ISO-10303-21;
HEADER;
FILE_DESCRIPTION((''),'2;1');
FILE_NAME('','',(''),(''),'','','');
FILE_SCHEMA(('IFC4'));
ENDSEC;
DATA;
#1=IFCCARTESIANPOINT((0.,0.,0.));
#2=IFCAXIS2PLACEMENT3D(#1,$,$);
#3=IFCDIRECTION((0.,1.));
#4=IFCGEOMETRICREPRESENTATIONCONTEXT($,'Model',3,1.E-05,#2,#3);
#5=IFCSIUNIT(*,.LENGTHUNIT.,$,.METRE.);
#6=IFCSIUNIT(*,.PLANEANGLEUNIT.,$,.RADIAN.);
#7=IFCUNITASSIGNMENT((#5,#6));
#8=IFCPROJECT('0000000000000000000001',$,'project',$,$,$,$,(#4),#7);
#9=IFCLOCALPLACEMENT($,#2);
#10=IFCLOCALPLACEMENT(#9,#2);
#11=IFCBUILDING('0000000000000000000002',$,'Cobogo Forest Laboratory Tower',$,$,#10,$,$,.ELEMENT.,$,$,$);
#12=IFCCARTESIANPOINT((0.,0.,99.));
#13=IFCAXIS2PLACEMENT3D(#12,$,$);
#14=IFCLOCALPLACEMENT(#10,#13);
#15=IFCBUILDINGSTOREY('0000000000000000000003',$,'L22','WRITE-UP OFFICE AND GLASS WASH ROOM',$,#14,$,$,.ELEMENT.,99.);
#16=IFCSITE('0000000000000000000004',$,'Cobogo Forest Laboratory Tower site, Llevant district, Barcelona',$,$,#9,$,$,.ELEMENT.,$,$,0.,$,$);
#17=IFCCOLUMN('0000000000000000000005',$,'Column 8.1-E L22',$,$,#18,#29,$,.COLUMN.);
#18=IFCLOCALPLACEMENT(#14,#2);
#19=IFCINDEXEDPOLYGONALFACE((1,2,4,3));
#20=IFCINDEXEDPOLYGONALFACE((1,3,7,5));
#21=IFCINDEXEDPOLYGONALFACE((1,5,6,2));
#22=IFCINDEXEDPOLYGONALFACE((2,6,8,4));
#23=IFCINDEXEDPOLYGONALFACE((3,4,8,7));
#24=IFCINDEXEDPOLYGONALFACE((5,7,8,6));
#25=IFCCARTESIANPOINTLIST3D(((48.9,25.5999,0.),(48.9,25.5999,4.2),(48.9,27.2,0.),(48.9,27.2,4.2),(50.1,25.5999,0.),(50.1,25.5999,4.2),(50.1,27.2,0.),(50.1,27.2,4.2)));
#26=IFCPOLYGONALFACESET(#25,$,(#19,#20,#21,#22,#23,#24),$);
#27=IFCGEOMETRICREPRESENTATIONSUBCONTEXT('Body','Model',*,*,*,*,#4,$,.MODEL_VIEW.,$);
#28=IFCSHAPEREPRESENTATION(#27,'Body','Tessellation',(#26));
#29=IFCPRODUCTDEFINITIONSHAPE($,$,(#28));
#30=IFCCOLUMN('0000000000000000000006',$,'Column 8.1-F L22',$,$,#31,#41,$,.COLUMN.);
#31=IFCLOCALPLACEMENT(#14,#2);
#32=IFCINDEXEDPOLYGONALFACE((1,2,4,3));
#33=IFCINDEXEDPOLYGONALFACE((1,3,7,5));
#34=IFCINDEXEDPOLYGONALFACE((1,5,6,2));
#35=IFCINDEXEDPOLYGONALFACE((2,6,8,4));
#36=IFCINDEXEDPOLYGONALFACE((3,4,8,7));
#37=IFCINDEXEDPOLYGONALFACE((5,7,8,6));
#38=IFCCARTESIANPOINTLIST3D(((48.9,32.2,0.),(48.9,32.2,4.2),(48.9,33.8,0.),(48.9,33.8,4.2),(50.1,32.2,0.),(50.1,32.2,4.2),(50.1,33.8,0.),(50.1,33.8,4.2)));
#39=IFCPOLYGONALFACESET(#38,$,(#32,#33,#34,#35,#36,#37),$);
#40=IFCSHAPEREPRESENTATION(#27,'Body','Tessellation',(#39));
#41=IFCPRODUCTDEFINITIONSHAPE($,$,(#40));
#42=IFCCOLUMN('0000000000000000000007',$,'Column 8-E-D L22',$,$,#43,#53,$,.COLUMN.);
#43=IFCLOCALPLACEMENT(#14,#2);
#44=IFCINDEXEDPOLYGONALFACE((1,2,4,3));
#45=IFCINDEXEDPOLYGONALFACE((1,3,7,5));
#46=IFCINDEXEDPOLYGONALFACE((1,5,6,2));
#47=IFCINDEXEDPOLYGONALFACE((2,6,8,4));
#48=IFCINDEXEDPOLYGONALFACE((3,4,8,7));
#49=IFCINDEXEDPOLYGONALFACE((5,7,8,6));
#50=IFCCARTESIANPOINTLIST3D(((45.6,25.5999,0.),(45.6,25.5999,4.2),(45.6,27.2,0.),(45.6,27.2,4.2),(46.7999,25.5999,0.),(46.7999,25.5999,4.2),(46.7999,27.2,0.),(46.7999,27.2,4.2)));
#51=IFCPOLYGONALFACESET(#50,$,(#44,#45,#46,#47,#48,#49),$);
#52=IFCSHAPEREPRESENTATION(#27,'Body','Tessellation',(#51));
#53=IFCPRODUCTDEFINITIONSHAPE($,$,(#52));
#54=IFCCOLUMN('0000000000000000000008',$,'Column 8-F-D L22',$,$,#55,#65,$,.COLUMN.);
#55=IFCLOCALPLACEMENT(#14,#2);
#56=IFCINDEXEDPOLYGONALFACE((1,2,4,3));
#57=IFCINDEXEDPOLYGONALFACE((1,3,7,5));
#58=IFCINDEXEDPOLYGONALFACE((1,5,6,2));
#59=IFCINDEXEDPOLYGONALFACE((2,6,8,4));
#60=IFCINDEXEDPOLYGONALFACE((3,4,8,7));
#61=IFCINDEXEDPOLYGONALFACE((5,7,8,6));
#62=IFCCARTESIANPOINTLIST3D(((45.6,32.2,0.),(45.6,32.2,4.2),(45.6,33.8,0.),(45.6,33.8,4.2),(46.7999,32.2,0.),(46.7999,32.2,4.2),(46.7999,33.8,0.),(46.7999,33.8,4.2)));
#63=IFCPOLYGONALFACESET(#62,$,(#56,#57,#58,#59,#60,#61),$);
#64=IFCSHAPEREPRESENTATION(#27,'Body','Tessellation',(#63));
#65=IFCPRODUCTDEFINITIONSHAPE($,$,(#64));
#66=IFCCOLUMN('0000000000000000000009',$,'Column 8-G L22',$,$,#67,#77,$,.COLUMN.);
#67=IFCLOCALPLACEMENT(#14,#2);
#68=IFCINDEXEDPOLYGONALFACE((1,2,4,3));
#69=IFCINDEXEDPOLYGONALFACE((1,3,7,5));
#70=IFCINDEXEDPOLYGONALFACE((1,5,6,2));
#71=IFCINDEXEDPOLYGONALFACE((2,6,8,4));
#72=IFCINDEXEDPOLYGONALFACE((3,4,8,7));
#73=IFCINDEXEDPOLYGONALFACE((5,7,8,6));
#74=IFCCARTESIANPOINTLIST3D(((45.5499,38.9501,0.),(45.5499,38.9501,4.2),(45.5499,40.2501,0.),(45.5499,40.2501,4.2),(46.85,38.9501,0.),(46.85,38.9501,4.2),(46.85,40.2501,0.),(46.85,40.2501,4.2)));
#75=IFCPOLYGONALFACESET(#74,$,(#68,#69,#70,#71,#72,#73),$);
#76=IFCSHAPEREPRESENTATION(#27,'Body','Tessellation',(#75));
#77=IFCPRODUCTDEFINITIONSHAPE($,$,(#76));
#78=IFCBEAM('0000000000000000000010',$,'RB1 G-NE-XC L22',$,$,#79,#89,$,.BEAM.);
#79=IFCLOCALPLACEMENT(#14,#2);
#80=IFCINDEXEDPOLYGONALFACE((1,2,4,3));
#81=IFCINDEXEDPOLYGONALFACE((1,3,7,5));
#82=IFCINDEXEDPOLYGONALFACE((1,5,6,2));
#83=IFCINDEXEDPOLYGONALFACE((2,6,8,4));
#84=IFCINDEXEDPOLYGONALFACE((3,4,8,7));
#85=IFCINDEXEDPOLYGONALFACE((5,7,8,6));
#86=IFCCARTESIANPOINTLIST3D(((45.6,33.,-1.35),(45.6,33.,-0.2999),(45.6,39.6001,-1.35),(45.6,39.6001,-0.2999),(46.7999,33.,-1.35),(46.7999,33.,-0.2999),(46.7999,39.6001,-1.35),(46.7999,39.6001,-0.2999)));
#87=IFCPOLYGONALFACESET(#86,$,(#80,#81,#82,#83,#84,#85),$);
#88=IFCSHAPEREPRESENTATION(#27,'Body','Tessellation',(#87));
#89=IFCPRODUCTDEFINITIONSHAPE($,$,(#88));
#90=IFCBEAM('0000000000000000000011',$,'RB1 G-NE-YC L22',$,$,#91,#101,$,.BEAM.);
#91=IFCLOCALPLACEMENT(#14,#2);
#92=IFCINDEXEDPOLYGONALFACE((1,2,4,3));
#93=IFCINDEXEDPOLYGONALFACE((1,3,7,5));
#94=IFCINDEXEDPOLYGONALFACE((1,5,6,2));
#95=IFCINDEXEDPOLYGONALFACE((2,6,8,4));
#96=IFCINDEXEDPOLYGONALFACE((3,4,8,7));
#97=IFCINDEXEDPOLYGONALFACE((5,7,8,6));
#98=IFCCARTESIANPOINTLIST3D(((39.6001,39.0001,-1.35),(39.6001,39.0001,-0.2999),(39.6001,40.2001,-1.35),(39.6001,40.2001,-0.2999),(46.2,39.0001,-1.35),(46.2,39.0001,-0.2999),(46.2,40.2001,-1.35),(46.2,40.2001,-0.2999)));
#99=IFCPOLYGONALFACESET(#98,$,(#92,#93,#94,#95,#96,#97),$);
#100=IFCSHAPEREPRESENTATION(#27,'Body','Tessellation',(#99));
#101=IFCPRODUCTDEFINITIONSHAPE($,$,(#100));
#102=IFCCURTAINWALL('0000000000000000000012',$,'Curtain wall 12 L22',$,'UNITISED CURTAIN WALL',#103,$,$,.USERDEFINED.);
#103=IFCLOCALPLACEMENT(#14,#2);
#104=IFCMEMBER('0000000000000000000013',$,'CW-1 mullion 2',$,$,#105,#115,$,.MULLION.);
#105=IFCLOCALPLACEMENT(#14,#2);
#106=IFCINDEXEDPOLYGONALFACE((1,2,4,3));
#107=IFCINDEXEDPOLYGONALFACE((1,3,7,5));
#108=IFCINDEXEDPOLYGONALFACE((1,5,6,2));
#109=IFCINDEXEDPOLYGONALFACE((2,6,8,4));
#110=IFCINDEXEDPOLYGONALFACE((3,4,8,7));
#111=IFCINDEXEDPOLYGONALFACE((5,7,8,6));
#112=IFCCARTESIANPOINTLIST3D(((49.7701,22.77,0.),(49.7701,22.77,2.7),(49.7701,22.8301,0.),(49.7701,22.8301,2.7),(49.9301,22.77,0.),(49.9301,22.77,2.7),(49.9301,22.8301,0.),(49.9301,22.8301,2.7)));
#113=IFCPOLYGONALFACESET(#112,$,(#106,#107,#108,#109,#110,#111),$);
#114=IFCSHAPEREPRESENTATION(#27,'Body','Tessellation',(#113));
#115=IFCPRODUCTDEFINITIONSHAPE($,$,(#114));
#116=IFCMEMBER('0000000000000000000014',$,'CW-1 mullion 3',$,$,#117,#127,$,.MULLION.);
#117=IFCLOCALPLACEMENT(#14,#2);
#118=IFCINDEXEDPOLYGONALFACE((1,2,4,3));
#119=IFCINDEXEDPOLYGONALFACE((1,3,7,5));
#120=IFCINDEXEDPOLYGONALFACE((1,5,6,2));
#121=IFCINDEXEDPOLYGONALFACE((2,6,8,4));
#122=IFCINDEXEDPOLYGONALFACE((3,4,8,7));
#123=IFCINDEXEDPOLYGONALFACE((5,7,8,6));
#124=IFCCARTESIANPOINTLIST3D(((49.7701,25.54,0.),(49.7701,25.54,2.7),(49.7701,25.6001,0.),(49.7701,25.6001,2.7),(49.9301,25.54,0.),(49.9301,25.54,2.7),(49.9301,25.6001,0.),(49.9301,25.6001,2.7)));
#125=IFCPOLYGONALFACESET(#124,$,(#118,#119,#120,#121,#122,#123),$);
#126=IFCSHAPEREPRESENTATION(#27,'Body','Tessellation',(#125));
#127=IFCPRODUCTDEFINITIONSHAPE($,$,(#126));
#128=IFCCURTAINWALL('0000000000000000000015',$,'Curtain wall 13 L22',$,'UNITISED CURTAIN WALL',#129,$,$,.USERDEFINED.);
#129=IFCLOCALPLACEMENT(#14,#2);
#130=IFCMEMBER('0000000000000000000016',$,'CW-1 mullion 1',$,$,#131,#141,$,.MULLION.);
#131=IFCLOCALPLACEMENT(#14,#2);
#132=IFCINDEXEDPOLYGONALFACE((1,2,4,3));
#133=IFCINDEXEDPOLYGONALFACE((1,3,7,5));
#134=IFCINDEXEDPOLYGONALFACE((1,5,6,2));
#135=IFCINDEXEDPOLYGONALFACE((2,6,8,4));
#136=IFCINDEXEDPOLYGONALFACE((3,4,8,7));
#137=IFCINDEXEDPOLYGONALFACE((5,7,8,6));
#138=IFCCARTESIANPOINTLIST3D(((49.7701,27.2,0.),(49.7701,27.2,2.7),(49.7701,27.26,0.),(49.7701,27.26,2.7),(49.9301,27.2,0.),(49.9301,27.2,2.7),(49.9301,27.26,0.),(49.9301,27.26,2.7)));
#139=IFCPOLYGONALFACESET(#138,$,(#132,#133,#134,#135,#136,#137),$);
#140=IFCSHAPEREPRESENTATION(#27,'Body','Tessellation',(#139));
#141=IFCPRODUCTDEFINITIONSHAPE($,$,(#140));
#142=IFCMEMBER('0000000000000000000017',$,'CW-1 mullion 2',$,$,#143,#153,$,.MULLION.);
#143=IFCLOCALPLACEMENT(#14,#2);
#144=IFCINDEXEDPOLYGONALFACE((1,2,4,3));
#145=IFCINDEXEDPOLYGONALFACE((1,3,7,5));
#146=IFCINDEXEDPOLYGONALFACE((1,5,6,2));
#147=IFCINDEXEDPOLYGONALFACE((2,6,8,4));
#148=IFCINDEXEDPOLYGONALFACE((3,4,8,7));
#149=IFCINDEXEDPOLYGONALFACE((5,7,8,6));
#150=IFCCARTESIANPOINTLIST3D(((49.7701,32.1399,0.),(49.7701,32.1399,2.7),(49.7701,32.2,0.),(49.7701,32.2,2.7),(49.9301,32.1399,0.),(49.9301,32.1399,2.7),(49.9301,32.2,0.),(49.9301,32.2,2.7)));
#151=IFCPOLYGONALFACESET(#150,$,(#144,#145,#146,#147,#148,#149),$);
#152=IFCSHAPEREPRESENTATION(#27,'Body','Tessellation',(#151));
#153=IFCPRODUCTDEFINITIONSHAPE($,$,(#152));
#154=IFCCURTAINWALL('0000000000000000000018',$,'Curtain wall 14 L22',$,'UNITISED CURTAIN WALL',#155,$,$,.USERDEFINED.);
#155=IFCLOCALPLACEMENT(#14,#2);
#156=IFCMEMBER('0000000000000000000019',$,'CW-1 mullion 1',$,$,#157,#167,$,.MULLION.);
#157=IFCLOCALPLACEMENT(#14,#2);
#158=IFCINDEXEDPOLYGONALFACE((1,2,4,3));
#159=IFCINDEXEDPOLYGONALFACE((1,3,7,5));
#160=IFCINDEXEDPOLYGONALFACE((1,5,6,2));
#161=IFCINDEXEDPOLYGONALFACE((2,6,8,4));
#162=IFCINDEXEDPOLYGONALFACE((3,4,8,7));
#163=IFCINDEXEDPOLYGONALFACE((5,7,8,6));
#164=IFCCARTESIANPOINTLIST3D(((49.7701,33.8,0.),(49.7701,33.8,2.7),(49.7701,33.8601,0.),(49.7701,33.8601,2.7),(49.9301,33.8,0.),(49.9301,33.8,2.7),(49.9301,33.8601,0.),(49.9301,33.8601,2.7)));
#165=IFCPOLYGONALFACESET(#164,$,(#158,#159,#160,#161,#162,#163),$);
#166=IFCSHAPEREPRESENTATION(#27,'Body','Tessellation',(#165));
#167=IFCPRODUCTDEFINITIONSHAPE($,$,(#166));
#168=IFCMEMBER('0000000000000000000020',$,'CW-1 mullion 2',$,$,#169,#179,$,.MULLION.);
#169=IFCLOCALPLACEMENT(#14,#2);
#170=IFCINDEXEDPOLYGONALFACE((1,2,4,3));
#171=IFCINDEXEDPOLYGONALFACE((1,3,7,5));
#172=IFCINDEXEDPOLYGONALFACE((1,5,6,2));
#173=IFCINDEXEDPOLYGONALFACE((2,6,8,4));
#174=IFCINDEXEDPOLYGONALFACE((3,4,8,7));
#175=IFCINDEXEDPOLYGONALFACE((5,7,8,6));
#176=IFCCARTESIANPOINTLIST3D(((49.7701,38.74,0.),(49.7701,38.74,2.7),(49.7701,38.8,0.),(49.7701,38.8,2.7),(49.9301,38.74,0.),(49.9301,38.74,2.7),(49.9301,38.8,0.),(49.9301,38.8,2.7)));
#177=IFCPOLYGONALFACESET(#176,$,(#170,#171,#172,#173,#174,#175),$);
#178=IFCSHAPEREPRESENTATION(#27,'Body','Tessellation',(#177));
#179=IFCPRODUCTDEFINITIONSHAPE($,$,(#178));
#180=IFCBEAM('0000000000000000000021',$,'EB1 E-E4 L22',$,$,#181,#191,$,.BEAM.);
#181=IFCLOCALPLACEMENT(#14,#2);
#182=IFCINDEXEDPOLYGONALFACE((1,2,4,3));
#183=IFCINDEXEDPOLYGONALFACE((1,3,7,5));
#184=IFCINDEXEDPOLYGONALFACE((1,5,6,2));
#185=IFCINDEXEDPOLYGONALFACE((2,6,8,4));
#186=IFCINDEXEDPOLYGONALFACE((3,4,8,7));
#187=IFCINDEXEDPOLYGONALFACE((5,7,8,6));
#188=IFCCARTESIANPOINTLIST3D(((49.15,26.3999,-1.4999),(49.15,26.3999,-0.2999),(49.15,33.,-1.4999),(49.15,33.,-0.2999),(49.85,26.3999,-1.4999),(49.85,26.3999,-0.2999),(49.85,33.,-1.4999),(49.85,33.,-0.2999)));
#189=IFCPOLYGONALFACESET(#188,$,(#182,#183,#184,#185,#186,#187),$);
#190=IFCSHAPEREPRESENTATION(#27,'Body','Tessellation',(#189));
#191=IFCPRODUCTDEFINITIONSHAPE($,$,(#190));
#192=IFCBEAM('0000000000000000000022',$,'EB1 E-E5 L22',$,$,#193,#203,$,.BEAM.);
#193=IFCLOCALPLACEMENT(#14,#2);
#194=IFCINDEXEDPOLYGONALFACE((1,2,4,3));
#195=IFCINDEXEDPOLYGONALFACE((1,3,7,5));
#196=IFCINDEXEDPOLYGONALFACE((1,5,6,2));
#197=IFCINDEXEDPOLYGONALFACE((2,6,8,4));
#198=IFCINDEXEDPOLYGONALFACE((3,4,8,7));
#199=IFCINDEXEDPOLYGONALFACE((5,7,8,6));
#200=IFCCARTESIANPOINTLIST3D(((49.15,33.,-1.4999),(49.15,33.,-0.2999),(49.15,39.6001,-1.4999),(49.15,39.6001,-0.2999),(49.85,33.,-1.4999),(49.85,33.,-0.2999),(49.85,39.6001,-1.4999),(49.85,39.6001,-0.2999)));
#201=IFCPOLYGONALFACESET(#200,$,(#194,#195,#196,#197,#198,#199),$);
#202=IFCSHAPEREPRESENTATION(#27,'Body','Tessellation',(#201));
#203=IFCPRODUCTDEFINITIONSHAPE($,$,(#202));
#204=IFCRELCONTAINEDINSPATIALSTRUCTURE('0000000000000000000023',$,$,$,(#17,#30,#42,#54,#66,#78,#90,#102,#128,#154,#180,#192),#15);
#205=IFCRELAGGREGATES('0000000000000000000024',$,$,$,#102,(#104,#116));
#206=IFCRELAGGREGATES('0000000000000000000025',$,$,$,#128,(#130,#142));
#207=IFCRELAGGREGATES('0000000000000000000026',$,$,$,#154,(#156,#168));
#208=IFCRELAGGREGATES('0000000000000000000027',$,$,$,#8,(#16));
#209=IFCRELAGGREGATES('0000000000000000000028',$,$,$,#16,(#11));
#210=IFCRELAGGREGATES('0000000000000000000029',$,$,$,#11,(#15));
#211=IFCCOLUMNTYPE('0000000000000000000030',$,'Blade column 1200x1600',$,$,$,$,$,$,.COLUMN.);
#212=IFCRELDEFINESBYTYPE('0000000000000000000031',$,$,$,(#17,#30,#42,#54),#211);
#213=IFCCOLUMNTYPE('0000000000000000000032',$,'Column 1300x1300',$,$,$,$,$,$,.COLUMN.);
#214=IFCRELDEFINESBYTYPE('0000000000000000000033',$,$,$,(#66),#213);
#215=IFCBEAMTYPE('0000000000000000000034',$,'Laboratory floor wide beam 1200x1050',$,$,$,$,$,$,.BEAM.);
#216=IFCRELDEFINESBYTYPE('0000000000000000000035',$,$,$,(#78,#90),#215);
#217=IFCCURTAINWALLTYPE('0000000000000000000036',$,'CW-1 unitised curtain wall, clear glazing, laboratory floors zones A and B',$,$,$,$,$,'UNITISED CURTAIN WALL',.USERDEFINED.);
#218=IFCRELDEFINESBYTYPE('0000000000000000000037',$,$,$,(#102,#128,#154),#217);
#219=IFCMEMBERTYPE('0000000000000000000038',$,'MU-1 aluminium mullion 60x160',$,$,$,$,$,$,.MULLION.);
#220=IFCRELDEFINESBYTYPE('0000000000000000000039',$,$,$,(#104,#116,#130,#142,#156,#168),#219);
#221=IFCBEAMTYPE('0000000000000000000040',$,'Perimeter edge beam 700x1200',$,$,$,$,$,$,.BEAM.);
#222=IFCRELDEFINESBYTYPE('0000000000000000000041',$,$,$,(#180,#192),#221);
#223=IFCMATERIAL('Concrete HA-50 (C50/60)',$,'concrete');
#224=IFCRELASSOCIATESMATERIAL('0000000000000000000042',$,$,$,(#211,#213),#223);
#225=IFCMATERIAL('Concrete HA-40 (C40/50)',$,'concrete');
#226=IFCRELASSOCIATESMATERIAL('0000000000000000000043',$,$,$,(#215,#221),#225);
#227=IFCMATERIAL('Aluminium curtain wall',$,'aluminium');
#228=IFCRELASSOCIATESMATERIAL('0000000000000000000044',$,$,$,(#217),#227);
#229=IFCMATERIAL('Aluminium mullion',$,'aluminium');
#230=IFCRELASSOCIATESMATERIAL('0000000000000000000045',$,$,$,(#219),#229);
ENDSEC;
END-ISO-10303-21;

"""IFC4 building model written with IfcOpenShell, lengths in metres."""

from ifc_helpers import new_model, si_unit, direction, frame, origin, origin_2d, place, context, subcontext, project, spatial, rectangle, extrude, material, material_profile, profile_set, type_object, element, aggregate, save


model = new_model("IFC4")

# Units and contexts
model_context = context("Model", 3, precision=1e-05, world=origin(), true_north=direction((0.0, 1.0)))
body_context = subcontext(model_context, "Body", "Model", "MODEL_VIEW")
ifc_project = project(units=[si_unit("LENGTHUNIT", "METRE"), si_unit("PLANEANGLEUNIT", "RADIAN")], contexts=[model_context])

# Site, building, storey
site_placement = place(None, origin())
site = spatial("IfcSite", under=ifc_project, at=site_placement, Name="Cobogo Forest Laboratory Tower site, Llevant district, Barcelona", CompositionType="ELEMENT", RefElevation=0.0)
building_placement = place(site_placement, origin())
building = spatial("IfcBuilding", under=site, at=building_placement, Name="Cobogo Forest Laboratory Tower", CompositionType="ELEMENT")
storey_placement = place(building_placement, frame((0.0, 0.0, 99.0)))
storey = spatial("IfcBuildingStorey", under=building, at=storey_placement, Name="L22", Description="WRITE-UP OFFICE AND GLASS WASH ROOM", CompositionType="ELEMENT", Elevation=99.0)

# Columns
ifc_material_1 = material(Name="Concrete HA-50 (C50/60)", Category="concrete")
ifc_material_profile_1 = material_profile(ifc_material_1, rectangle(XDim=1.6001, YDim=1.2, at=origin_2d()), Name="RC 1200x1600")
ifc_profile_set_1 = profile_set([ifc_material_profile_1], Name="Concrete HA-50 (C50/60)")
column_type_1 = type_object("IfcColumnType", Name="Blade column 1200x1600", PredefinedType="COLUMN", material=ifc_profile_set_1)
for number, where, z_axis, x_axis, name in (
    (1, (49.5, 26.3999, 0.0), (0.0, 0.0, 1.0), (0.0, 1.0, 0.0), "Column 8.1-E L22"),
    (2, (49.5, 33.0, 0.0), (0.0, 0.0, 1.0), (0.0, 1.0, 0.0), "Column 8.1-F L22"),
    (3, (46.2, 26.3999, 0.0), (0.0, 0.0, 1.0), (0.0, 1.0, 0.0), "Column 8-E-D L22"),
    (4, (46.2, 33.0, 0.0), (0.0, 0.0, 1.0), (0.0, 1.0, 0.0), "Column 8-F-D L22"),
):
    element("IfcColumn", number, at=place(storey_placement, frame(where, z_axis=z_axis, x_axis=x_axis)), inside=storey, type_object=column_type_1, Name=name, PredefinedType="COLUMN", context=body_context, shape_type="SweptSolid", body=[
        extrude(rectangle(XDim=1.6001, YDim=1.2, at=origin_2d()), origin(), (0.0, 0.0, 1.0), 4.2),
    ])
ifc_material_profile_2 = material_profile(ifc_material_1, rectangle(XDim=1.3, YDim=1.3, at=origin_2d()), Name="RC 1300x1300")
ifc_profile_set_2 = profile_set([ifc_material_profile_2], Name="Concrete HA-50 (C50/60)")
column_type_2 = type_object("IfcColumnType", Name="Column 1300x1300", PredefinedType="COLUMN", material=ifc_profile_set_2)
column_placement = place(storey_placement, frame((46.2, 39.6001, 0.0), z_axis=(0.0, 0.0, 1.0), x_axis=(1.0, 0.0, 0.0)))
element("IfcColumn", 5, at=column_placement, inside=storey, type_object=column_type_2, Name="Column 8-G L22", PredefinedType="COLUMN", context=body_context, shape_type="SweptSolid", body=[
    extrude(rectangle(XDim=1.3, YDim=1.3, at=origin_2d()), origin(), (0.0, 0.0, 1.0), 4.2),
])

# Beams
ifc_material_2 = material(Name="Concrete HA-40 (C40/50)", Category="concrete")
ifc_material_profile_3 = material_profile(ifc_material_2, rectangle(XDim=1.2, YDim=1.05, at=origin_2d()), Name="RC 1200x1050")
ifc_profile_set_3 = profile_set([ifc_material_profile_3], Name="Concrete HA-40 (C40/50)")
beam_type_1 = type_object("IfcBeamType", Name="Laboratory floor wide beam 1200x1050", PredefinedType="BEAM", material=ifc_profile_set_3)
beam_1_placement = place(storey_placement, frame((46.2, 39.6001, -0.825), z_axis=(0.0, -1.0, 0.0), x_axis=(1.0, 0.0, 0.0)))
element("IfcBeam", 6, at=beam_1_placement, inside=storey, type_object=beam_type_1, Name="RB1 G-NE-XC L22", PredefinedType="BEAM", context=body_context, shape_type="SweptSolid", body=[
    extrude(rectangle(XDim=1.2, YDim=1.05, at=origin_2d()), origin(), (0.0, 0.0, 1.0), 6.6001),
])
beam_2_placement = place(storey_placement, frame((46.2, 39.6001, -0.825), z_axis=(-1.0, 0.0, 0.0), x_axis=(0.0, -1.0, 0.0)))
element("IfcBeam", 7, at=beam_2_placement, inside=storey, type_object=beam_type_1, Name="RB1 G-NE-YC L22", PredefinedType="BEAM", context=body_context, shape_type="SweptSolid", body=[
    extrude(rectangle(XDim=1.2, YDim=1.05, at=origin_2d()), origin(), (0.0, 0.0, 1.0), 6.5999),
])

# Curtain walls, members
ifc_material_3 = material(Name="Aluminium curtain wall", Category="aluminium")
curtain_wall_type = type_object("IfcCurtainWallType", Name="CW-1 unitised curtain wall, clear glazing, laboratory floors zones A and B", ElementType="UNITISED CURTAIN WALL", PredefinedType="USERDEFINED", material=ifc_material_3)
curtain_wall_1_placement = place(storey_placement, origin())
curtain_wall_1 = element("IfcCurtainWall", 8, at=curtain_wall_1_placement, inside=storey, type_object=curtain_wall_type, Name="Curtain wall 12 L22", ObjectType="UNITISED CURTAIN WALL", PredefinedType="USERDEFINED")
ifc_material_4 = material(Name="Aluminium mullion", Category="aluminium")
ifc_material_profile_4 = material_profile(ifc_material_4, rectangle(XDim=0.0601, YDim=0.1599, at=origin_2d()), Name="AL 60x160")
ifc_profile_set_4 = profile_set([ifc_material_profile_4], Name="Aluminium mullion")
member_type_1 = type_object("IfcMemberType", Name="MU-1 aluminium mullion 60x160", PredefinedType="MULLION", material=ifc_profile_set_4)
member_1_placement = place(storey_placement, frame((49.8501, 22.8, 0.0), z_axis=(0.0, 0.0, 1.0), x_axis=(0.0, 1.0, 0.0)))
member_1 = element("IfcMember", 9, at=member_1_placement, type_object=member_type_1, Name="CW-1 mullion 2", PredefinedType="MULLION", context=body_context, shape_type="SweptSolid", body=[
    extrude(rectangle(XDim=0.0601, YDim=0.1599, at=origin_2d()), origin(), (0.0, 0.0, 1.0), 2.7),
])
member_2_placement = place(storey_placement, frame((49.8501, 25.5701, 0.0), z_axis=(0.0, 0.0, 1.0), x_axis=(0.0, 1.0, 0.0)))
member_2 = element("IfcMember", 10, at=member_2_placement, type_object=member_type_1, Name="CW-1 mullion 3", PredefinedType="MULLION", context=body_context, shape_type="SweptSolid", body=[
    extrude(rectangle(XDim=0.0601, YDim=0.1599, at=origin_2d()), origin(), (0.0, 0.0, 1.0), 2.7),
])
curtain_wall_2_placement = place(storey_placement, origin())
curtain_wall_2 = element("IfcCurtainWall", 11, at=curtain_wall_2_placement, inside=storey, type_object=curtain_wall_type, Name="Curtain wall 13 L22", ObjectType="UNITISED CURTAIN WALL", PredefinedType="USERDEFINED")
member_3_placement = place(storey_placement, frame((49.8501, 27.23, 0.0), z_axis=(0.0, 0.0, 1.0), x_axis=(0.0, 1.0, 0.0)))
member_3 = element("IfcMember", 12, at=member_3_placement, type_object=member_type_1, Name="CW-1 mullion 1", PredefinedType="MULLION", context=body_context, shape_type="SweptSolid", body=[
    extrude(rectangle(XDim=0.0601, YDim=0.1599, at=origin_2d()), origin(), (0.0, 0.0, 1.0), 2.7),
])
member_4_placement = place(storey_placement, frame((49.8501, 32.1699, 0.0), z_axis=(0.0, 0.0, 1.0), x_axis=(0.0, 1.0, 0.0)))
member_4 = element("IfcMember", 13, at=member_4_placement, type_object=member_type_1, Name="CW-1 mullion 2", PredefinedType="MULLION", context=body_context, shape_type="SweptSolid", body=[
    extrude(rectangle(XDim=0.0601, YDim=0.1599, at=origin_2d()), origin(), (0.0, 0.0, 1.0), 2.7),
])
curtain_wall_3_placement = place(storey_placement, origin())
curtain_wall_3 = element("IfcCurtainWall", 14, at=curtain_wall_3_placement, inside=storey, type_object=curtain_wall_type, Name="Curtain wall 14 L22", ObjectType="UNITISED CURTAIN WALL", PredefinedType="USERDEFINED")
member_5_placement = place(storey_placement, frame((49.8501, 33.8301, 0.0), z_axis=(0.0, 0.0, 1.0), x_axis=(0.0, 1.0, 0.0)))
member_5 = element("IfcMember", 15, at=member_5_placement, type_object=member_type_1, Name="CW-1 mullion 1", PredefinedType="MULLION", context=body_context, shape_type="SweptSolid", body=[
    extrude(rectangle(XDim=0.0601, YDim=0.1599, at=origin_2d()), origin(), (0.0, 0.0, 1.0), 2.7),
])
member_6_placement = place(storey_placement, frame((49.8501, 38.77, 0.0), z_axis=(0.0, 0.0, 1.0), x_axis=(0.0, 1.0, 0.0)))
member_6 = element("IfcMember", 16, at=member_6_placement, type_object=member_type_1, Name="CW-1 mullion 2", PredefinedType="MULLION", context=body_context, shape_type="SweptSolid", body=[
    extrude(rectangle(XDim=0.0601, YDim=0.1599, at=origin_2d()), origin(), (0.0, 0.0, 1.0), 2.7),
])

# Beams
ifc_material_profile_5 = material_profile(ifc_material_2, rectangle(XDim=0.7, YDim=1.2, at=origin_2d()), Name="RC 700x1200")
ifc_profile_set_5 = profile_set([ifc_material_profile_5], Name="Concrete HA-40 (C40/50)")
beam_type_2 = type_object("IfcBeamType", Name="Perimeter edge beam 700x1200", PredefinedType="BEAM", material=ifc_profile_set_5)
for number, where, z_axis, x_axis, name in (
    (17, (49.5, 26.3999, -0.8999), (0.0, 1.0, 0.0), (-1.0, 0.0, 0.0), "EB1 E-E4 L22"),
    (18, (49.5, 33.0, -0.8999), (0.0, 1.0, 0.0), (-1.0, 0.0, 0.0), "EB1 E-E5 L22"),
):
    element("IfcBeam", number, at=place(storey_placement, frame(where, z_axis=z_axis, x_axis=x_axis)), inside=storey, type_object=beam_type_2, Name=name, PredefinedType="BEAM", context=body_context, shape_type="SweptSolid", body=[
        extrude(rectangle(XDim=0.7, YDim=1.2, at=origin_2d()), origin(), (0.0, 0.0, 1.0), 6.6001),
    ])

aggregate(curtain_wall_1, [member_1, member_2])
aggregate(curtain_wall_2, [member_3, member_4])
aggregate(curtain_wall_3, [member_5, member_6])

save(model, "model.ifc")
